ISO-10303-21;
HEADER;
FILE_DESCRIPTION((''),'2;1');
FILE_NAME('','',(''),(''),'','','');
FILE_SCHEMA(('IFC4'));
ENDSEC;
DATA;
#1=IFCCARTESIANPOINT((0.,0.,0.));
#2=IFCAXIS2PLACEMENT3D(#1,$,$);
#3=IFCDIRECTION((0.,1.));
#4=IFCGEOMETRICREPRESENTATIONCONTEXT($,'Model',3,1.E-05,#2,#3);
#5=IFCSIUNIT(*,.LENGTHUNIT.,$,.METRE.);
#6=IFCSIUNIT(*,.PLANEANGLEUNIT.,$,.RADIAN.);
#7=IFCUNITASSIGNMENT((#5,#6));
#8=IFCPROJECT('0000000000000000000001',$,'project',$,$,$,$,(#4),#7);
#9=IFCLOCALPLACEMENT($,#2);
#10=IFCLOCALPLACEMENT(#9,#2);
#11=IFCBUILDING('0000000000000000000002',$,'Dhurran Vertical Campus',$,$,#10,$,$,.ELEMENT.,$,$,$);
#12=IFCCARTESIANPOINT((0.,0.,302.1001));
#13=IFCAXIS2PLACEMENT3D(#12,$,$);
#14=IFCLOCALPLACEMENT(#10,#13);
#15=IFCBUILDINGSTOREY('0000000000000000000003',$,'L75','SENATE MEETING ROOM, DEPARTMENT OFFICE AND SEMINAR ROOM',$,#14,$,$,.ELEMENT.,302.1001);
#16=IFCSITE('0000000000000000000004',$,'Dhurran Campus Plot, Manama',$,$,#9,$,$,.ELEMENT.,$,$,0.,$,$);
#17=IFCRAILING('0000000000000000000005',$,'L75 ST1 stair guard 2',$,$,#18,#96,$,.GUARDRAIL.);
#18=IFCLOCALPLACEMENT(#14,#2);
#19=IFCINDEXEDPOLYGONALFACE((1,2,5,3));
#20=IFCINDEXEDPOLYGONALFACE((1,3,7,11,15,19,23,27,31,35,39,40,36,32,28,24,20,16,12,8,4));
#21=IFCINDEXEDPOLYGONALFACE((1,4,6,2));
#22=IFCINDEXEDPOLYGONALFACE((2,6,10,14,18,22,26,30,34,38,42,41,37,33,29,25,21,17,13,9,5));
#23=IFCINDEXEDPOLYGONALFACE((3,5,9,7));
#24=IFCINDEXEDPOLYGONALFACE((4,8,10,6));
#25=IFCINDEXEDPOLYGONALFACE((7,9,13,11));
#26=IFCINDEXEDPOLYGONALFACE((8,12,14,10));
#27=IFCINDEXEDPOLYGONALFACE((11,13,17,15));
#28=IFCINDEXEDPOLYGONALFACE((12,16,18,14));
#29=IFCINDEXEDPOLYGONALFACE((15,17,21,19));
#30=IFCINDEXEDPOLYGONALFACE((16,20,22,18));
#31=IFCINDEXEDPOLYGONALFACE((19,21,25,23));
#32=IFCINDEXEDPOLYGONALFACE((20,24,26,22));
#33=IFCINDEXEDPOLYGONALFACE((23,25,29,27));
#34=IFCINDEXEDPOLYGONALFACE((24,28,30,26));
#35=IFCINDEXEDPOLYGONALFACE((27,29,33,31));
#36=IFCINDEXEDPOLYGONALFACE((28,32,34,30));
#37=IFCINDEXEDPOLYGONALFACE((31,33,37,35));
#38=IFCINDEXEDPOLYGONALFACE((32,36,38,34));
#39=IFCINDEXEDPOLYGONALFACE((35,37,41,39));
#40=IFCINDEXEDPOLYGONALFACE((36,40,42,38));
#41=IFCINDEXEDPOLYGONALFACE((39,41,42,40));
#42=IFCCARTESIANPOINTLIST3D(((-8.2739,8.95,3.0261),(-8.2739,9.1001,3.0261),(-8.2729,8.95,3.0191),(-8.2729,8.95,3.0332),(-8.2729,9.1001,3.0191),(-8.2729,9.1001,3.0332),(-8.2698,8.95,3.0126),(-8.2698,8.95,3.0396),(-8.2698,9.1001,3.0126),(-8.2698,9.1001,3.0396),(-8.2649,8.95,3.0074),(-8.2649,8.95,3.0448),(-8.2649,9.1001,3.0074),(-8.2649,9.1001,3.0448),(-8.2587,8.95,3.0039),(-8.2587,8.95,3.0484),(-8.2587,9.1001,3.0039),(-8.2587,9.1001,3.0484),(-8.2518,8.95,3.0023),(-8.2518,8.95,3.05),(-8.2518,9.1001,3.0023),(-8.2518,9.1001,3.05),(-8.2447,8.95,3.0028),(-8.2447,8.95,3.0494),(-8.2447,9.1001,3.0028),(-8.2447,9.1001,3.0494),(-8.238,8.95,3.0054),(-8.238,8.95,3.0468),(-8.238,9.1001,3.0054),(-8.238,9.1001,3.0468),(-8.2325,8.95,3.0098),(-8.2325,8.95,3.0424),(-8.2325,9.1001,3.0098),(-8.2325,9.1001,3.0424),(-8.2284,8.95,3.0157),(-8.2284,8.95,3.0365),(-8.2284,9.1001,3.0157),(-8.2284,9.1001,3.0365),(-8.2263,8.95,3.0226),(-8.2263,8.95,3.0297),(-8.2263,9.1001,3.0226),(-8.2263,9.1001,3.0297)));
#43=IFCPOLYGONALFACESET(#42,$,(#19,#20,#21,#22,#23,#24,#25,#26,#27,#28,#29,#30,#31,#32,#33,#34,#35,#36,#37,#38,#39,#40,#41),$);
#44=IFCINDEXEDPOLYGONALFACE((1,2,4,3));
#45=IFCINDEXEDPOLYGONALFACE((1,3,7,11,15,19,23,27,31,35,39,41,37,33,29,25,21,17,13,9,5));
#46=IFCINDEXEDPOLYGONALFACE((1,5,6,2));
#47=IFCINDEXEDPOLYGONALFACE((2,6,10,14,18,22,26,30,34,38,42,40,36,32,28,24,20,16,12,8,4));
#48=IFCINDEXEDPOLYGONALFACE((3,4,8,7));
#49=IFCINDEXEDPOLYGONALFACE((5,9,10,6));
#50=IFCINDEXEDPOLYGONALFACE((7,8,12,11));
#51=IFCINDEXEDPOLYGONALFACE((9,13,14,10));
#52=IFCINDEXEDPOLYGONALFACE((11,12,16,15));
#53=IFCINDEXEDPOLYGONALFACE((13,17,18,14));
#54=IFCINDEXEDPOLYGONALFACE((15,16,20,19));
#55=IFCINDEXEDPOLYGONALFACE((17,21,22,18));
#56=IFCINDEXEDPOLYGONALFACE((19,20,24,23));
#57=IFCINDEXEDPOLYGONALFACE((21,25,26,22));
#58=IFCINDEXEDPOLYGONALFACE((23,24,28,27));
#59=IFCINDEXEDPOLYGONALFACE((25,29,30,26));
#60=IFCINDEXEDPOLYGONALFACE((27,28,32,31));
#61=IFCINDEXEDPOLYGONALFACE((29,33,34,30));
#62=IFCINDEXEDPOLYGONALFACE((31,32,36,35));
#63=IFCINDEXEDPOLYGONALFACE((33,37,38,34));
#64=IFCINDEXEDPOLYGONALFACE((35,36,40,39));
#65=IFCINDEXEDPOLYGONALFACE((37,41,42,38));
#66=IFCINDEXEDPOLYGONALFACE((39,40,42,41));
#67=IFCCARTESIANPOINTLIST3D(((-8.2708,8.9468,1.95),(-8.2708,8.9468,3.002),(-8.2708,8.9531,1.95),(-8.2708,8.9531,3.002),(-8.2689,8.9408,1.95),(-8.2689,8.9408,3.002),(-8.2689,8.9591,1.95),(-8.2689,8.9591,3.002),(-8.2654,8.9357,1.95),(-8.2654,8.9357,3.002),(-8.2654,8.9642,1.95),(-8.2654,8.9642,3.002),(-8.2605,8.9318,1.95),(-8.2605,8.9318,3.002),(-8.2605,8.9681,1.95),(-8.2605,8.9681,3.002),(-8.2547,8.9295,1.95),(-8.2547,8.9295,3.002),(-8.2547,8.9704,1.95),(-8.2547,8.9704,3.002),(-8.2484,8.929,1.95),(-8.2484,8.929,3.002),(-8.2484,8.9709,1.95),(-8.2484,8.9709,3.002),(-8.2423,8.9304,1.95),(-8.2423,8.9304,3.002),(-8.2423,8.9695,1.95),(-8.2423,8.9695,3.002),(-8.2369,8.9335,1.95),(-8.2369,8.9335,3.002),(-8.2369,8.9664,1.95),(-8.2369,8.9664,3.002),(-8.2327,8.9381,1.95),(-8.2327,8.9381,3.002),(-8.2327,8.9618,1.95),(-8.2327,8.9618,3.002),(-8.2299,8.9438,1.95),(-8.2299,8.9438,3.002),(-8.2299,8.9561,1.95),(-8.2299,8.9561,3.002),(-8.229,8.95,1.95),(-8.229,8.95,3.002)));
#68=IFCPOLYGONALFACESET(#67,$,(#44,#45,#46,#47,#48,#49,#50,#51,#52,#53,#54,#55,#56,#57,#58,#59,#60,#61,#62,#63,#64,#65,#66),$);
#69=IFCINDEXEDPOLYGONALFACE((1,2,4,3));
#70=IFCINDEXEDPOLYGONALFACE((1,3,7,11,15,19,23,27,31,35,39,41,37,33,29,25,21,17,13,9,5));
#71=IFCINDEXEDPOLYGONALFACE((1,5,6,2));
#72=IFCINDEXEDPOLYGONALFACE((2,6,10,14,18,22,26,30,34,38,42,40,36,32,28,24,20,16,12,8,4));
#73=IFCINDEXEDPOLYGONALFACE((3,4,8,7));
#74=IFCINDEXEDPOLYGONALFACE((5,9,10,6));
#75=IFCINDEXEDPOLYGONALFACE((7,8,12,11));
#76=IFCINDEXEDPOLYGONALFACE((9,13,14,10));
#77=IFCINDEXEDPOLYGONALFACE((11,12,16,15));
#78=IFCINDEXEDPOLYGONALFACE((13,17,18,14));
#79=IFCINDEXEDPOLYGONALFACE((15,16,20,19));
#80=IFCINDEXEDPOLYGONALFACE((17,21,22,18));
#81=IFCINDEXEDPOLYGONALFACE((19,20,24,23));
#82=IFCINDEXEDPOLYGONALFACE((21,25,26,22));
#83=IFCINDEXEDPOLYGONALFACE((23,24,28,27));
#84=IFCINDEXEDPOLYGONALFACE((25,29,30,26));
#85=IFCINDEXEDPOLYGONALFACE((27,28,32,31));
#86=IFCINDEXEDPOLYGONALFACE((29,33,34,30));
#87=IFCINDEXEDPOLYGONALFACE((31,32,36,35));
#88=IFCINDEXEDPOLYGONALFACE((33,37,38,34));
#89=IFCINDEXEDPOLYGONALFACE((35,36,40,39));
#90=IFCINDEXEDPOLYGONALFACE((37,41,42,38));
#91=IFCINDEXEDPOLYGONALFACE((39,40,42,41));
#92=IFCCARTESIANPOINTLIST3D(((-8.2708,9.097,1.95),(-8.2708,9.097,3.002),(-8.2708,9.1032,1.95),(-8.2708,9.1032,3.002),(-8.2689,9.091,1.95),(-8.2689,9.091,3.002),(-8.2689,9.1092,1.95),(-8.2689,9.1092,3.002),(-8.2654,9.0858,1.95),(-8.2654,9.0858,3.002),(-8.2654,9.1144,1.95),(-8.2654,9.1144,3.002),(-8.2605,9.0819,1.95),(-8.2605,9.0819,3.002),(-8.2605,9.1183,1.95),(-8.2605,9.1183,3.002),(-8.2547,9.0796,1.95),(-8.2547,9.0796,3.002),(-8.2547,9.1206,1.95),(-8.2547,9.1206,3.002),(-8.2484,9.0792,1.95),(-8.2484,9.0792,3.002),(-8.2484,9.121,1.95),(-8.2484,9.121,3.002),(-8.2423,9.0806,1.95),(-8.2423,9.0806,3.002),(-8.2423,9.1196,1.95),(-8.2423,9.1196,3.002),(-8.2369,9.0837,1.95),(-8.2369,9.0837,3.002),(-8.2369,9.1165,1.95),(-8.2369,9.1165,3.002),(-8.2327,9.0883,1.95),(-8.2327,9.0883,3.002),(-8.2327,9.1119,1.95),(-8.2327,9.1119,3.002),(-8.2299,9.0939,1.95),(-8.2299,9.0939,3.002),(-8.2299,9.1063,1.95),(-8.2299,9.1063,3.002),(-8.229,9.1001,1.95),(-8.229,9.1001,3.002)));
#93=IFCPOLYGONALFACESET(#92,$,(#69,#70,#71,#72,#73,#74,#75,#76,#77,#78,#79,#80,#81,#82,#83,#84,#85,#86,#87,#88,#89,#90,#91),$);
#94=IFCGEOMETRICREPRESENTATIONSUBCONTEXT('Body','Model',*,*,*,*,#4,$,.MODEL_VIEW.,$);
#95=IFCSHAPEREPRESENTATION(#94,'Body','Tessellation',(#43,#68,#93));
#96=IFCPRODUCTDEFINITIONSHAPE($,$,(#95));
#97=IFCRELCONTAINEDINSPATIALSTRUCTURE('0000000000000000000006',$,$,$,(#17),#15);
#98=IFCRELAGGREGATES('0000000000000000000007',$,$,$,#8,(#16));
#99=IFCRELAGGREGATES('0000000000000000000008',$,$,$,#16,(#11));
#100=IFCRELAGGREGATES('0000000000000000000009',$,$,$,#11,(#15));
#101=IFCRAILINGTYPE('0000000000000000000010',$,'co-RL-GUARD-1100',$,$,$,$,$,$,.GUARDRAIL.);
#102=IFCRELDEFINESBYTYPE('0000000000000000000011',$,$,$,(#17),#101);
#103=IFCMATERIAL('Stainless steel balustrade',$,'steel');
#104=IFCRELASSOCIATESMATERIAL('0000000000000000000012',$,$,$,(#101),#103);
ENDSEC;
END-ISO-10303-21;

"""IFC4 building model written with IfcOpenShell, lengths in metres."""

from ifc_helpers import new_model, si_unit, direction, frame, origin, origin_2d, place, context, subcontext, project, spatial, circle, extrude, material, type_object, element, save


model = new_model("IFC4")

# Units and contexts
model_context = context("Model", 3, precision=1e-05, world=origin(), true_north=direction((0.0, 1.0)))
body_context = subcontext(model_context, "Body", "Model", "MODEL_VIEW")
ifc_project = project(units=[si_unit("LENGTHUNIT", "METRE"), si_unit("PLANEANGLEUNIT", "RADIAN")], contexts=[model_context])

# Site, building, storey
site_placement = place(None, origin())
site = spatial("IfcSite", under=ifc_project, at=site_placement, Name="Dhurran Campus Plot, Manama", CompositionType="ELEMENT", RefElevation=0.0)
building_placement = place(site_placement, origin())
building = spatial("IfcBuilding", under=site, at=building_placement, Name="Dhurran Vertical Campus", CompositionType="ELEMENT")
storey_placement = place(building_placement, frame((0.0, 0.0, 302.1001)))
storey = spatial("IfcBuildingStorey", under=building, at=storey_placement, Name="L75", Description="SENATE MEETING ROOM, DEPARTMENT OFFICE AND SEMINAR ROOM", CompositionType="ELEMENT", Elevation=302.1001)

# Railing
ifc_material_1 = material(Name="Stainless steel balustrade", Category="steel")
railing_type_1 = type_object("IfcRailingType", Name="co-RL-GUARD-1100", PredefinedType="GUARDRAIL", material=ifc_material_1)
railing_1_placement = place(storey_placement, frame((-8.25, 8.95, 1.95)))
element("IfcRailing", 1, at=railing_1_placement, inside=storey, type_object=railing_type_1, Name="L75 ST1 stair guard 2", PredefinedType="GUARDRAIL", context=body_context, shape_type="SweptSolid", body=[
    extrude(circle(Radius=0.0239, at=origin_2d()), frame((0.0, 0.0, 1.0762), z_axis=(0.0, 1.0, 0.0), x_axis=(-1.0, 0.0, 0.0)), (0.0, 0.0, 1.0), 0.1501),
    extrude(circle(Radius=0.021, at=origin_2d()), origin(), (0.0, 0.0, 1.0), 1.052),
    extrude(circle(Radius=0.021, at=origin_2d()), frame((0.0, 0.1501, 0.0)), (0.0, 0.0, 1.0), 1.052),
])

save(model, "model.ifc")
